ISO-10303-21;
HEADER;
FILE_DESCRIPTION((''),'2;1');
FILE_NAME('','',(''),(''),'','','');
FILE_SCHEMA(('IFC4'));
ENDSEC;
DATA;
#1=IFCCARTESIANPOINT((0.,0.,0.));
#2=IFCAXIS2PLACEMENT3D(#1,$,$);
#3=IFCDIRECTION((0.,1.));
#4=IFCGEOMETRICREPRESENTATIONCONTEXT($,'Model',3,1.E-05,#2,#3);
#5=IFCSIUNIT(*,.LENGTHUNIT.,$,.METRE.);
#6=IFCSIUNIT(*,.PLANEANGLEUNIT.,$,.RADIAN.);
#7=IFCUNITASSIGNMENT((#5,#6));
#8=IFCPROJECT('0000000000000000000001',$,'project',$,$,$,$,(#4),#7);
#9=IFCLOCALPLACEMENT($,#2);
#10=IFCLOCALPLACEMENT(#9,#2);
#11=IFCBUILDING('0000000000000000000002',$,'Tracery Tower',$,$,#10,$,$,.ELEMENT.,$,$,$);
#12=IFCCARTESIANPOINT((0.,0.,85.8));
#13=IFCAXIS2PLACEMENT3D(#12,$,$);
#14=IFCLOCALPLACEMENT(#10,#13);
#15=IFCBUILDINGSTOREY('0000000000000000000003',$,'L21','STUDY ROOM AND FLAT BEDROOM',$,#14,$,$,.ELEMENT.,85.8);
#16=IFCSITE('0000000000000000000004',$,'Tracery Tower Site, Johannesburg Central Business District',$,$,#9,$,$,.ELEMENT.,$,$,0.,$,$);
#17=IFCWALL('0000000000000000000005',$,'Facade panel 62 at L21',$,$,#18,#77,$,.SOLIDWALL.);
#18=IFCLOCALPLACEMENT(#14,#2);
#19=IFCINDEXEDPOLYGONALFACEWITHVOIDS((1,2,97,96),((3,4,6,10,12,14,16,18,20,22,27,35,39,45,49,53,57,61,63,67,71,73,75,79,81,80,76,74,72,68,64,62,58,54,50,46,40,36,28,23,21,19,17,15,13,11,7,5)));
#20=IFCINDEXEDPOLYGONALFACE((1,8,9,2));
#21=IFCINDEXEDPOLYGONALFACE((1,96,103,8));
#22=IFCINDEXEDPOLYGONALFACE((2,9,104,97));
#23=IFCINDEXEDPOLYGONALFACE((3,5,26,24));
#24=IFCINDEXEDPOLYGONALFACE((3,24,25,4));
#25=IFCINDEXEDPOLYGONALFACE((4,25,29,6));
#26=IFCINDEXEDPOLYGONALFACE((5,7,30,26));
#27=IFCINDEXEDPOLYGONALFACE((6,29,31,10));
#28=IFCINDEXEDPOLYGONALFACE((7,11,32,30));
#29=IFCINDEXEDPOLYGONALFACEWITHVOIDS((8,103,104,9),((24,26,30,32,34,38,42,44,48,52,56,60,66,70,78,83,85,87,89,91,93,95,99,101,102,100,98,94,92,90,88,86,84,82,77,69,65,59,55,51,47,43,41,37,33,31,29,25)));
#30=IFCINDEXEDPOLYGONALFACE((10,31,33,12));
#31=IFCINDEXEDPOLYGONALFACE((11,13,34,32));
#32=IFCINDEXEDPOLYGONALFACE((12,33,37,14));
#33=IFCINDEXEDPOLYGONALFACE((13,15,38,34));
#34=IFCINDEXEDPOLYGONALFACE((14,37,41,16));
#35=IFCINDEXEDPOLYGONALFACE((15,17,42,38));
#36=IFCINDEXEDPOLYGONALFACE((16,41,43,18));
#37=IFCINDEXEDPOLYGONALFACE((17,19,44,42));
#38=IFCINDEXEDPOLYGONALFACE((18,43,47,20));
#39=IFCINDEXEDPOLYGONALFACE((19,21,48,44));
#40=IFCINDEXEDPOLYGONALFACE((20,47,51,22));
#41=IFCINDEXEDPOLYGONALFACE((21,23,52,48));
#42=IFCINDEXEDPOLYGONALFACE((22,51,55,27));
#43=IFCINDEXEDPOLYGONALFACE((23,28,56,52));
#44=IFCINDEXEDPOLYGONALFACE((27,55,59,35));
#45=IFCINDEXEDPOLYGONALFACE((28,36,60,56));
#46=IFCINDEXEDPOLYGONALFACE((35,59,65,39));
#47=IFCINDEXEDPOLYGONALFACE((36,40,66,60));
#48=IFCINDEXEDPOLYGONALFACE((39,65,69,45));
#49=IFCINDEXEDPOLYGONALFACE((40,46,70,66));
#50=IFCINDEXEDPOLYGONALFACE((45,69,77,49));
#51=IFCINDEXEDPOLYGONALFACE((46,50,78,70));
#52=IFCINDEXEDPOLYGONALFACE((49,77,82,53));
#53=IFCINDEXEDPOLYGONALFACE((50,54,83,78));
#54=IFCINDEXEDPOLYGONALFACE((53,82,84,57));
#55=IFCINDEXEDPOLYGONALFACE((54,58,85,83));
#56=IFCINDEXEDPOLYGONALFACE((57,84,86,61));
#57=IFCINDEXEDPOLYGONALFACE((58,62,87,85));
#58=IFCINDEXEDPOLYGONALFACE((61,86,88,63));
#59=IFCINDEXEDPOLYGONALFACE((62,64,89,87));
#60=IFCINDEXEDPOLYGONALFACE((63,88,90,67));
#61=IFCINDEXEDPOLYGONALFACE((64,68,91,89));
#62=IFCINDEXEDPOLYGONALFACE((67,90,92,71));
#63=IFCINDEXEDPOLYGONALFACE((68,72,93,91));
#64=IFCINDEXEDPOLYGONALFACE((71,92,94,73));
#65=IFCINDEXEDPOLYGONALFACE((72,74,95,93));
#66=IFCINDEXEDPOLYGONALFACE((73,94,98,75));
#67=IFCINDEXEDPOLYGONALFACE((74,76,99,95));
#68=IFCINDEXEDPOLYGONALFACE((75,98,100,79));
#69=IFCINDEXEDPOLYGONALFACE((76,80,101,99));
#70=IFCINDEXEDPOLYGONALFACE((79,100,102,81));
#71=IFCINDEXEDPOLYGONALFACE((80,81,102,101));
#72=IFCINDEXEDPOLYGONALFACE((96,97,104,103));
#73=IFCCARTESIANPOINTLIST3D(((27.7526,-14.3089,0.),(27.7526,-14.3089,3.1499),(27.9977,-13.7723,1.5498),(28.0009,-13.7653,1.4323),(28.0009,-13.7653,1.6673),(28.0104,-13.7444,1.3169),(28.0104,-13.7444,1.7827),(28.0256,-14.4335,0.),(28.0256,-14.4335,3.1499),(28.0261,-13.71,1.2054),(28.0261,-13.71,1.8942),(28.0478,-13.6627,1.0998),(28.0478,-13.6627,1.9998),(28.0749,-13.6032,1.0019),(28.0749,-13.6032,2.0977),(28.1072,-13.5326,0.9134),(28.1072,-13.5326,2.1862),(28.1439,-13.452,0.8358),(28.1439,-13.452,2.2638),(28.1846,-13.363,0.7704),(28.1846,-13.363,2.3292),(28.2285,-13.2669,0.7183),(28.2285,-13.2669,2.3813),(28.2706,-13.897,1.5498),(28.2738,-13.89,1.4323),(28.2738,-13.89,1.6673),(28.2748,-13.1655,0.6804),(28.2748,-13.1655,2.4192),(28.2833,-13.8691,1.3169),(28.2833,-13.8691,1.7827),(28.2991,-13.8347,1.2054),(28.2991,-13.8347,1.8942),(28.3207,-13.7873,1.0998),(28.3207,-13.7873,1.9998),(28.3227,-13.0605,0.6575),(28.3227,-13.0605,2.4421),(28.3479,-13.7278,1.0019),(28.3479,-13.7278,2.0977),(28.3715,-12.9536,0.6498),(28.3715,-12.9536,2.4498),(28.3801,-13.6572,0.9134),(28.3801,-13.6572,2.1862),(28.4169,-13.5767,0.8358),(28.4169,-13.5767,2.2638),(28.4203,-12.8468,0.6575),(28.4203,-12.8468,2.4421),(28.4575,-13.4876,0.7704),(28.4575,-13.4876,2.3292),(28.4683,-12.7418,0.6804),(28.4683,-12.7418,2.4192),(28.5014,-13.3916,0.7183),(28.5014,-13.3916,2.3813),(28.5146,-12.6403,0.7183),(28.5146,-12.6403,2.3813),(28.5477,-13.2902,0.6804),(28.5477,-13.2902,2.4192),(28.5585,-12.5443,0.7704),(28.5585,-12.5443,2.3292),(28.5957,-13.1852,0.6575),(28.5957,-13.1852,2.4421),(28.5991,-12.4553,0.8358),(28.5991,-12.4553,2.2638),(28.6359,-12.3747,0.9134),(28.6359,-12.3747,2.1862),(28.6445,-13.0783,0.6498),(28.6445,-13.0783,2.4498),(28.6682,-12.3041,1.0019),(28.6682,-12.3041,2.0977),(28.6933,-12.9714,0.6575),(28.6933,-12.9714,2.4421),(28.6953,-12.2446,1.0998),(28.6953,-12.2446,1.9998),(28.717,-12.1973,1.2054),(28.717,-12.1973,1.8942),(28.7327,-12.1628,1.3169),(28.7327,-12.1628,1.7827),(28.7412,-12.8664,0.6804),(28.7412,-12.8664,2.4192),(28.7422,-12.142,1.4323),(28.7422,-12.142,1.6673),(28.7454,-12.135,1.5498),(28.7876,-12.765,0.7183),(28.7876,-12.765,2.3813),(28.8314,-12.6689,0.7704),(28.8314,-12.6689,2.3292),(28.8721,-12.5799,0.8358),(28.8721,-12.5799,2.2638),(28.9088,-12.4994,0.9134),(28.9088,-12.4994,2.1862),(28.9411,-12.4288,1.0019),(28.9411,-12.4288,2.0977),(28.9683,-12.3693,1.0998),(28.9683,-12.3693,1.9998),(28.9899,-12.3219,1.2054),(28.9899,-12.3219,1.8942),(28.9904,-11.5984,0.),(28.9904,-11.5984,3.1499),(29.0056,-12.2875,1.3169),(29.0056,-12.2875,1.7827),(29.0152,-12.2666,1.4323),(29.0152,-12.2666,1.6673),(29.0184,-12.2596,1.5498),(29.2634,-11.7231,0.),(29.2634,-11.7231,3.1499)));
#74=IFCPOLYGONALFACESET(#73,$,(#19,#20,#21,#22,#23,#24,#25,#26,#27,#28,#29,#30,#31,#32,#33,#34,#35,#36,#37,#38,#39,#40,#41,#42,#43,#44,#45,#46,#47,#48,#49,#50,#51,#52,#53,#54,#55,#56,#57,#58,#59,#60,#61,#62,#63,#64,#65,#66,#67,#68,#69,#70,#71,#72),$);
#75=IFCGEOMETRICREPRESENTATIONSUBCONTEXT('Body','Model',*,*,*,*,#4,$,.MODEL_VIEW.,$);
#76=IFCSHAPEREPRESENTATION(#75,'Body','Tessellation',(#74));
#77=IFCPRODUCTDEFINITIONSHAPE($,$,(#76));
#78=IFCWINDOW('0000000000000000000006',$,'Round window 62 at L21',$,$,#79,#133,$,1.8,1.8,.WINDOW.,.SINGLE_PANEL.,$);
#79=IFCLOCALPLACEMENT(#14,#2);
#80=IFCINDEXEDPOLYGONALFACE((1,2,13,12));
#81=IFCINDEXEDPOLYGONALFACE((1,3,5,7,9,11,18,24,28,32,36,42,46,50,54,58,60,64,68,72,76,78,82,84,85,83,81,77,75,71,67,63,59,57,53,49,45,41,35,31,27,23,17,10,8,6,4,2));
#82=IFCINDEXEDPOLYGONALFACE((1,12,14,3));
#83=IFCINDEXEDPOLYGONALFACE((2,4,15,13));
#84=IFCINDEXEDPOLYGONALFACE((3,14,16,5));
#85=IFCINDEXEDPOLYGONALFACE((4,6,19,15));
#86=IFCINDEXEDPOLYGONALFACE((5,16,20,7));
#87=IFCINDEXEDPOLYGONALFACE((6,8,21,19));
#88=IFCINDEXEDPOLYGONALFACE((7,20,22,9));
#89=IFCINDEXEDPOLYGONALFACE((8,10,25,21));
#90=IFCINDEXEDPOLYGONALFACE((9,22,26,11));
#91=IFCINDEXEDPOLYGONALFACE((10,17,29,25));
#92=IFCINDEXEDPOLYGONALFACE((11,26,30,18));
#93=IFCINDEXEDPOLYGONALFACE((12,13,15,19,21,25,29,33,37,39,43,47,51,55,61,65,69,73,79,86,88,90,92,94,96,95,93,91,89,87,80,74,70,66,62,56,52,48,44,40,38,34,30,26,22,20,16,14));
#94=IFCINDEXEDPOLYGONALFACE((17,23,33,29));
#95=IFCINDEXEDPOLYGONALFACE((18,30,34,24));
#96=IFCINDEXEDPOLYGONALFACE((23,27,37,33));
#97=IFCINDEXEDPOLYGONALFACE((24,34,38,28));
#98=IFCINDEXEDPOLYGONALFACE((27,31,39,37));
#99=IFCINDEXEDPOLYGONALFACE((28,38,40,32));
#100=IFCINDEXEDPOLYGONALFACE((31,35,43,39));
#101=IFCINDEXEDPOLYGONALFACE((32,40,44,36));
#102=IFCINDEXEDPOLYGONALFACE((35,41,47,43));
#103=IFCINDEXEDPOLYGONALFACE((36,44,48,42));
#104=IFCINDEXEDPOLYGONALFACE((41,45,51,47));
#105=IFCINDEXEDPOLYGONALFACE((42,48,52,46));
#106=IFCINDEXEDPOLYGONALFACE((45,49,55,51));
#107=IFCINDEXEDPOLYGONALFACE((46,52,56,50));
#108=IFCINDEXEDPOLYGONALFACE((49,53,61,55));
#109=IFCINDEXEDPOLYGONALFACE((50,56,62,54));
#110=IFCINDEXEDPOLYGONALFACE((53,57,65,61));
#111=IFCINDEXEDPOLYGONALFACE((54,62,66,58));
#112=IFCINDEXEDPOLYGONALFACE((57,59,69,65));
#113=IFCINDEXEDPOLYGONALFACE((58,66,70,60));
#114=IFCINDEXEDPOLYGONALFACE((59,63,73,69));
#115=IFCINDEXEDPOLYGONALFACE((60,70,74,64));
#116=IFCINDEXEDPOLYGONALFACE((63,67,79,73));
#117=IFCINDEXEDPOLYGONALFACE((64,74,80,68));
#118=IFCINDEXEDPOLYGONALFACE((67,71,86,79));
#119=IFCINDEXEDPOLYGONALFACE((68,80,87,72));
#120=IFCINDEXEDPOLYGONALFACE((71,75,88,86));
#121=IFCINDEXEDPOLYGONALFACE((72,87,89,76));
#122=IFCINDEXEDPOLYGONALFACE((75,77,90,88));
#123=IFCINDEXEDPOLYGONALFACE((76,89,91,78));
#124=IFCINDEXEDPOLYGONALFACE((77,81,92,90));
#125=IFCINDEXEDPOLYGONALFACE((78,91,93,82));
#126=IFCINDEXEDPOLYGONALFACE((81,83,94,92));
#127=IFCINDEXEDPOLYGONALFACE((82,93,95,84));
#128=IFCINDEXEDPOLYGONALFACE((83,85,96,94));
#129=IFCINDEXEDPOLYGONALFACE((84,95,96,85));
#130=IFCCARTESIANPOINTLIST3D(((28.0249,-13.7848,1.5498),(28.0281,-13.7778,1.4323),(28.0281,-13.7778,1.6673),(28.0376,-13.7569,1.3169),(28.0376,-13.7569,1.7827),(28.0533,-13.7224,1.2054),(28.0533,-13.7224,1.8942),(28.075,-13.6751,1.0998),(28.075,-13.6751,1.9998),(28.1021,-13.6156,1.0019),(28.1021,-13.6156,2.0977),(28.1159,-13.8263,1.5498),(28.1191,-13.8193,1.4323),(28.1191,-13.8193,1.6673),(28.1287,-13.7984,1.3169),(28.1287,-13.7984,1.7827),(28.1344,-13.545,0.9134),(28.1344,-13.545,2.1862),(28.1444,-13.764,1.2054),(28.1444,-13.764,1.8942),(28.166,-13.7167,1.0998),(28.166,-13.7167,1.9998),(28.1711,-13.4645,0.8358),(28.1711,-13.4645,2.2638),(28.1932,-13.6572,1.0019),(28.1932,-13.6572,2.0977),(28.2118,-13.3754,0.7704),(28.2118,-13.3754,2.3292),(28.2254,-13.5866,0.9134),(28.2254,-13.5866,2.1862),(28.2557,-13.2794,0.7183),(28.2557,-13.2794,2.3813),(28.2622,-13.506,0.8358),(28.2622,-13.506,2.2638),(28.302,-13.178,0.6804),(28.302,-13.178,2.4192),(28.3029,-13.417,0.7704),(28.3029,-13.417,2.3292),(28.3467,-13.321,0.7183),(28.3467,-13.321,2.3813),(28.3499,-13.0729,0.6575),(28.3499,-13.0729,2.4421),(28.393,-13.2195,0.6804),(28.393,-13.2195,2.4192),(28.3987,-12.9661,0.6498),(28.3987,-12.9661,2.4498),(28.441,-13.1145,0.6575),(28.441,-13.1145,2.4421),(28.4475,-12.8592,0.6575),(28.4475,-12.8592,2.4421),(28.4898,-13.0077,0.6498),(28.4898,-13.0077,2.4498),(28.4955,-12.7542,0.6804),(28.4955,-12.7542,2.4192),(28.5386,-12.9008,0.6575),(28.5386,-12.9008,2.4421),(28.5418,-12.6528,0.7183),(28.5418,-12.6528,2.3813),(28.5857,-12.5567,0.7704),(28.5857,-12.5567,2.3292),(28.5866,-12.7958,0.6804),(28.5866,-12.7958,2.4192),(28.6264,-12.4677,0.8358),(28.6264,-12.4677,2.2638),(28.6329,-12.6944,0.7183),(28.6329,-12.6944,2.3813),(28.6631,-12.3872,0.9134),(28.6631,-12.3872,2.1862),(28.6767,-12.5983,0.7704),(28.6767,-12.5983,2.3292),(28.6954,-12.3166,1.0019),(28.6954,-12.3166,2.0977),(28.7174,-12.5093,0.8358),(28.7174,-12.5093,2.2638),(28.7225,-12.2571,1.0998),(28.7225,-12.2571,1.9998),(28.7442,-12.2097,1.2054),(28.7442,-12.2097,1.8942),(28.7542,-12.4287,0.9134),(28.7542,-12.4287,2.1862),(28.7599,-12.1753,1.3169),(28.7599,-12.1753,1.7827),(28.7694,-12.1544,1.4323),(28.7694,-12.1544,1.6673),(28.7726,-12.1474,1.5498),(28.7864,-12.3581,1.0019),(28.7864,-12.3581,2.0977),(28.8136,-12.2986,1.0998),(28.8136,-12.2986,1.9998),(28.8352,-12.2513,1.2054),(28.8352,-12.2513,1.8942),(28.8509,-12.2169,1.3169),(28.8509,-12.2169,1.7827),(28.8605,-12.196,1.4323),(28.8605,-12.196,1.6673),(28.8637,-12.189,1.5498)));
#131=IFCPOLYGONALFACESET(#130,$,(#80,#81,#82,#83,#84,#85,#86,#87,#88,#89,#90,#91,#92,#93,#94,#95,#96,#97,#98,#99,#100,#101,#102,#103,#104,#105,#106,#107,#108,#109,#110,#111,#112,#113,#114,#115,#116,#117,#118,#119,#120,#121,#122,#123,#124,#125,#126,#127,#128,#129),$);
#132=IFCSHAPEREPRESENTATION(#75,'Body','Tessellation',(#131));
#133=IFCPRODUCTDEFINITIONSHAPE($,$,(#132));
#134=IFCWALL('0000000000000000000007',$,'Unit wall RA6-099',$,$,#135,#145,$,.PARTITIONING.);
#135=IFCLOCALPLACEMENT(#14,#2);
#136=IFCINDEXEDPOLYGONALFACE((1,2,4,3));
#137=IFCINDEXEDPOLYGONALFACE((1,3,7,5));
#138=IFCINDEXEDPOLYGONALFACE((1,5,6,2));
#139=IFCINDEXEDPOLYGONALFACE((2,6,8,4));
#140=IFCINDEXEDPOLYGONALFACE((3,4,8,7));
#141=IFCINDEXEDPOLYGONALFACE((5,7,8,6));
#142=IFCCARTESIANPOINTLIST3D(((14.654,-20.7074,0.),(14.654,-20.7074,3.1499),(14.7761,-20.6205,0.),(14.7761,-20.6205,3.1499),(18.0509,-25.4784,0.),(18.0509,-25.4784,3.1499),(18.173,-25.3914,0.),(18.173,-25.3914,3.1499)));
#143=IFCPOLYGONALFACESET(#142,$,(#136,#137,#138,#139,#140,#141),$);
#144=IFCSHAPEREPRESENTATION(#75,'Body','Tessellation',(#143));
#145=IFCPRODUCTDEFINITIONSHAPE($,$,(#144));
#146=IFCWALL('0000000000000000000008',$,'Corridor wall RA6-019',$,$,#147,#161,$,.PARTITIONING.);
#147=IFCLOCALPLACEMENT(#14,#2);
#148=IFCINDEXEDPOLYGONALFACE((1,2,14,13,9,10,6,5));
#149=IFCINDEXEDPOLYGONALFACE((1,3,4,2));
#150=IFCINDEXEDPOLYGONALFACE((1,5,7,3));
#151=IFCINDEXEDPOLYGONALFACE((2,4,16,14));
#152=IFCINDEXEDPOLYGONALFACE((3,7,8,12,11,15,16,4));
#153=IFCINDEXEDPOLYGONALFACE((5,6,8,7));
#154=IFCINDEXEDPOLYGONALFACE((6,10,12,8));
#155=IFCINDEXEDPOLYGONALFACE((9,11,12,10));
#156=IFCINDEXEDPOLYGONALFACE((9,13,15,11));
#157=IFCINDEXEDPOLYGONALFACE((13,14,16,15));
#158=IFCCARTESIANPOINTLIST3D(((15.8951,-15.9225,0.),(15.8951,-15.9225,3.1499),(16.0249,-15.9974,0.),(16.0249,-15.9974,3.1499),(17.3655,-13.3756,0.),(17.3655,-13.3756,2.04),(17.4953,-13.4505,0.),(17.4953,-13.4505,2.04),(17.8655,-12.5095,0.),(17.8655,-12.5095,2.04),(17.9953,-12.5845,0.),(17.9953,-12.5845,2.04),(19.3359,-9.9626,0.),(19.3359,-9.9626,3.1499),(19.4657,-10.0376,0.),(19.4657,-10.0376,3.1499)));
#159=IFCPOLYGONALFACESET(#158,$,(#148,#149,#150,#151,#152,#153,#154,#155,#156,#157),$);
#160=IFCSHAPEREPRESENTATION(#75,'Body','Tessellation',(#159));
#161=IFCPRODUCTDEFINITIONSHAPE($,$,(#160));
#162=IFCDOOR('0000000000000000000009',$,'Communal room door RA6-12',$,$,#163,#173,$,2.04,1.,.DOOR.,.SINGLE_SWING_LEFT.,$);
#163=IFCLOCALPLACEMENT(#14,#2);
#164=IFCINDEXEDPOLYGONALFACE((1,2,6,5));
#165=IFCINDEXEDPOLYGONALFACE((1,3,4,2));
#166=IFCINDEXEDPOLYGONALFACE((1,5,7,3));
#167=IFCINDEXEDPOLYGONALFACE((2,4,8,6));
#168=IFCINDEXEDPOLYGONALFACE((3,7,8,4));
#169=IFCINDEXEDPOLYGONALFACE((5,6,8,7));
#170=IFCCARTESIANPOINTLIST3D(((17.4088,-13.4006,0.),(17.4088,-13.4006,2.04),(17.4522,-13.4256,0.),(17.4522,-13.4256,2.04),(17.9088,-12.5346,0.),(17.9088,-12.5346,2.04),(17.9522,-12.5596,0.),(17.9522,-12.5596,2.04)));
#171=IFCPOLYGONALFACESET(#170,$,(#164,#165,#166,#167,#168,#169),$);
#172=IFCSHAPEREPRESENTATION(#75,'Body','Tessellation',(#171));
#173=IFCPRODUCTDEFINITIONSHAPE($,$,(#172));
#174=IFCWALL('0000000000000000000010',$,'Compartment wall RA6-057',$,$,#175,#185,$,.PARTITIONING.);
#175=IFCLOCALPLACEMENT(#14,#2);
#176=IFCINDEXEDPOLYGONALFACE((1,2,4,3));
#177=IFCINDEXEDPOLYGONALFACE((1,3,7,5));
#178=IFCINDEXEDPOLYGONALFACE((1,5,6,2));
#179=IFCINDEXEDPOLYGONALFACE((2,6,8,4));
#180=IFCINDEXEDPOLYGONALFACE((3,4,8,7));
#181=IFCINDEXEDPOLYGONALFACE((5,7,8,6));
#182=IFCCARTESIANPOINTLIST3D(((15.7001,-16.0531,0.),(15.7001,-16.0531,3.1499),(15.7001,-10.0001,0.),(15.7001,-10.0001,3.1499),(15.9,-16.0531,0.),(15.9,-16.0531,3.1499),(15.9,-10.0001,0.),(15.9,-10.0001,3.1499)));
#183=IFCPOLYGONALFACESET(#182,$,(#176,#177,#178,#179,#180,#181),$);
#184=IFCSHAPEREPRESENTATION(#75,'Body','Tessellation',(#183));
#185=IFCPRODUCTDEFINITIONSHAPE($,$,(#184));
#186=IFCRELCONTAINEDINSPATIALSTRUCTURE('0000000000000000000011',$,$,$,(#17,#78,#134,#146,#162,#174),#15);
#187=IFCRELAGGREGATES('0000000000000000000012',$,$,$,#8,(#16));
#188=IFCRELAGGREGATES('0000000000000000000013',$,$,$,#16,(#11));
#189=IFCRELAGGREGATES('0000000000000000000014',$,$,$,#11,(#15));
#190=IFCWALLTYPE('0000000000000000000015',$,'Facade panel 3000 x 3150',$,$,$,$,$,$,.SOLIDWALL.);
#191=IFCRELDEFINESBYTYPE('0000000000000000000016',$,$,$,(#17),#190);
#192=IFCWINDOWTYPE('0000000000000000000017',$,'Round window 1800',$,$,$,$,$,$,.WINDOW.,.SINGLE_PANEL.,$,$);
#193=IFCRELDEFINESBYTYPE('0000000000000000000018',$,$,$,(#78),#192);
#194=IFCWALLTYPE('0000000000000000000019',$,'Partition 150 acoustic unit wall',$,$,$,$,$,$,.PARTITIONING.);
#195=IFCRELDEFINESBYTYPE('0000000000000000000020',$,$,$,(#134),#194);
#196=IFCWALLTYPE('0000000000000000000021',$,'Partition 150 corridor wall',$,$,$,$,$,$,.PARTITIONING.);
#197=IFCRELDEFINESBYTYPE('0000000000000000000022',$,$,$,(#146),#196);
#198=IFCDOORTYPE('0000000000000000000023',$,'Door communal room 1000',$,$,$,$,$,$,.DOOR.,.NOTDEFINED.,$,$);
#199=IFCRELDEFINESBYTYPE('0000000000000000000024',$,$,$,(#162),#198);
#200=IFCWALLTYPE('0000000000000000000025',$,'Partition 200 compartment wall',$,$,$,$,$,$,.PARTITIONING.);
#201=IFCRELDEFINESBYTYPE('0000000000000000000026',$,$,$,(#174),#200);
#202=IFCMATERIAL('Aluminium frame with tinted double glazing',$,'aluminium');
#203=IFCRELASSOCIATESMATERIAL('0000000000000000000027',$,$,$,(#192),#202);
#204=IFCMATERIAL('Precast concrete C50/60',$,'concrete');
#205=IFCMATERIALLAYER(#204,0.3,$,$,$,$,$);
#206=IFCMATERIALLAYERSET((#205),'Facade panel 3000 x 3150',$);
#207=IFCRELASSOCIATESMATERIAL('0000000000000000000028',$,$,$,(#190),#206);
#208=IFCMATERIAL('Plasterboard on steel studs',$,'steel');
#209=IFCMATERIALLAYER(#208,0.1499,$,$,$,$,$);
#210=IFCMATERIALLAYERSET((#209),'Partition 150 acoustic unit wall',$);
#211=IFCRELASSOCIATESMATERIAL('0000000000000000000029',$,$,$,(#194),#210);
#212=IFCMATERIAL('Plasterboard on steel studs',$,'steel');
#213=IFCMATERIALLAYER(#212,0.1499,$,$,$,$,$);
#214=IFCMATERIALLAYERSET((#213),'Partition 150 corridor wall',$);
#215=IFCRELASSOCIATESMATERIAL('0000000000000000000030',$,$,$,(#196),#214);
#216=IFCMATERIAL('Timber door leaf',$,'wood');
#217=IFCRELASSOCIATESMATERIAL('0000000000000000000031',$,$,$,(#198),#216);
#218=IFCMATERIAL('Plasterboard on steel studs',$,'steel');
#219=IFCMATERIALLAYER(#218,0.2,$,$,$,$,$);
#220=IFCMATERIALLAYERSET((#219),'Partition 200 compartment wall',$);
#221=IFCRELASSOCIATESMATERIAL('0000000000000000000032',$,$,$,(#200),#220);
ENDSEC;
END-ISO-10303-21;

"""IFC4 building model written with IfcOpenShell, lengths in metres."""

from ifc_helpers import new_model, si_unit, direction, frame, frame_2d, origin, origin_2d, place, context, subcontext, project, spatial, rectangle, circle, extrude, material, layer, layer_set, type_object, element, fill, save


model = new_model("IFC4")

# Units and contexts
model_context = context("Model", 3, precision=1e-05, world=origin(), true_north=direction((0.0, 1.0)))
body_context = subcontext(model_context, "Body", "Model", "MODEL_VIEW")
ifc_project = project(units=[si_unit("LENGTHUNIT", "METRE"), si_unit("PLANEANGLEUNIT", "RADIAN")], contexts=[model_context])

# Site, building, storey
site_placement = place(None, origin())
site = spatial("IfcSite", under=ifc_project, at=site_placement, Name="Tracery Tower Site, Johannesburg Central Business District", CompositionType="ELEMENT", RefElevation=0.0)
building_placement = place(site_placement, origin())
building = spatial("IfcBuilding", under=site, at=building_placement, Name="Tracery Tower", CompositionType="ELEMENT")
storey_placement = place(building_placement, frame((0.0, 0.0, 85.8)))
storey = spatial("IfcBuildingStorey", under=building, at=storey_placement, Name="L21", Description="STUDY ROOM AND FLAT BEDROOM", CompositionType="ELEMENT", Elevation=85.8)

# Wall, opening, window
ifc_material_1 = material(Name="Aluminium frame with tinted double glazing", Category="aluminium")
window_type = type_object("IfcWindowType", Name="Round window 1800", PartitioningType="SINGLE_PANEL", PredefinedType="WINDOW", material=ifc_material_1)
ifc_material_2 = material(Name="Precast concrete C50/60", Category="concrete")
ifc_layer_1 = layer(ifc_material_2, 0.3)
ifc_layer_set_1 = layer_set([ifc_layer_1], Name="Facade panel 3000 x 3150")
wall_type_1 = type_object("IfcWallType", Name="Facade panel 3000 x 3150", PredefinedType="SOLIDWALL", material=ifc_layer_set_1)
wall_1_placement = place(storey_placement, frame((27.8892, -14.3711, 0.0), z_axis=(0.0, 0.0, 1.0), x_axis=(0.415407, 0.909636, 0.0)))
wall_1 = element("IfcWall", 1, at=wall_1_placement, inside=storey, type_object=wall_type_1, Name="Facade panel 62 at L21", PredefinedType="SOLIDWALL", context=body_context, shape_type="SweptSolid", body=[
    extrude(rectangle(XDim=2.9797, YDim=0.3, at=frame_2d((1.4897, 0.0))), origin(), (0.0, 0.0, 1.0), 3.1499),
])
opening_1_placement = place(wall_1_placement, frame((1.4897, 0.0, 1.5498)))
opening_1 = element("IfcOpeningElement", 2, at=opening_1_placement, cuts=wall_1, PredefinedType="OPENING", context=body_context, shape_type="SweptSolid", body=[
    extrude(circle(Radius=0.9, at=origin_2d()), frame((0.0, 0.1599, 0.0), z_axis=(0.0, -1.0, 0.0), x_axis=(1.0, 0.0, 0.0)), (0.0, 0.0, 1.0), 0.3201),
])
window_1_placement = place(opening_1_placement, origin())
window_1 = element("IfcWindow", 3, at=window_1_placement, inside=storey, type_object=window_type, Name="Round window 62 at L21", OverallHeight=1.8, OverallWidth=1.8, PartitioningType="SINGLE_PANEL", PredefinedType="WINDOW", context=body_context, shape_type="SweptSolid", body=[
    extrude(circle(Radius=0.9, at=origin_2d()), frame((0.0, 0.1201, 0.0), z_axis=(0.0, -1.0, 0.0), x_axis=(1.0, 0.0, 0.0)), (0.0, 0.0, 1.0), 0.1001),
])
fill(opening_1, window_1)

# Wall
ifc_material_3 = material(Name="Plasterboard on steel studs", Category="steel")
ifc_layer_2 = layer(ifc_material_3, 0.1499)
ifc_layer_set_2 = layer_set([ifc_layer_2], Name="Partition 150 acoustic unit wall")
wall_type_2 = type_object("IfcWallType", Name="Partition 150 acoustic unit wall", PredefinedType="PARTITIONING", material=ifc_layer_set_2)
wall_2_placement = place(storey_placement, frame((14.7151, -20.6641, 0.0), z_axis=(0.0, 0.0, 1.0), x_axis=(0.580007, -0.814611, 0.0)))
element("IfcWall", 4, at=wall_2_placement, inside=storey, type_object=wall_type_2, Name="Unit wall RA6-099", PredefinedType="PARTITIONING", context=body_context, shape_type="SweptSolid", body=[
    extrude(rectangle(XDim=5.8567, YDim=0.1499, at=frame_2d((2.9282, 0.0))), origin(), (0.0, 0.0, 1.0), 3.1499),
])

# Wall, opening, door
ifc_material_4 = material(Name="Plasterboard on steel studs", Category="steel")
ifc_layer_3 = layer(ifc_material_4, 0.1499)
ifc_layer_set_3 = layer_set([ifc_layer_3], Name="Partition 150 corridor wall")
wall_type_3 = type_object("IfcWallType", Name="Partition 150 corridor wall", PredefinedType="PARTITIONING", material=ifc_layer_set_3)
wall_3_placement = place(storey_placement, frame((15.96, -15.96, 0.0), z_axis=(0.0, 0.0, 1.0), x_axis=(0.499993, 0.86603, 0.0)))
wall_3 = element("IfcWall", 5, at=wall_3_placement, inside=storey, type_object=wall_type_3, Name="Corridor wall RA6-019", PredefinedType="PARTITIONING", context=body_context, shape_type="SweptSolid", body=[
    extrude(rectangle(XDim=6.8818, YDim=0.1499, at=frame_2d((3.4409, 0.0))), origin(), (0.0, 0.0, 1.0), 3.1499),
])
opening_2_placement = place(wall_3_placement, frame((2.9409, 0.0, 0.0)))
opening_2 = element("IfcOpeningElement", 6, at=opening_2_placement, cuts=wall_3, PredefinedType="OPENING", context=body_context, shape_type="SweptSolid", body=[
    extrude(rectangle(XDim=1.0, YDim=2.04, at=frame_2d((0.5, 1.02))), frame((0.0, 0.075, 0.0), z_axis=(0.0, -1.0, 0.0), x_axis=(1.0, 0.0, 0.0)), (0.0, 0.0, 1.0), 0.1499),
])
ifc_material_5 = material(Name="Timber door leaf", Category="wood")
door_type = type_object("IfcDoorType", Name="Door communal room 1000", OperationType="NOTDEFINED", PredefinedType="DOOR", material=ifc_material_5)
door_placement = place(opening_2_placement, origin())
door = element("IfcDoor", 7, at=door_placement, inside=storey, type_object=door_type, Name="Communal room door RA6-12", OperationType="SINGLE_SWING_LEFT", OverallHeight=2.04, OverallWidth=1.0, PredefinedType="DOOR", context=body_context, shape_type="SweptSolid", body=[
    extrude(rectangle(XDim=1.0, YDim=2.04, at=frame_2d((0.5, 1.02))), frame((0.0, 0.0249, 0.0), z_axis=(0.0, -1.0, 0.0), x_axis=(1.0, 0.0, 0.0)), (0.0, 0.0, 1.0), 0.05),
])
fill(opening_2, door)

# Wall
ifc_material_6 = material(Name="Plasterboard on steel studs", Category="steel")
ifc_layer_4 = layer(ifc_material_6, 0.2)
ifc_layer_set_4 = layer_set([ifc_layer_4], Name="Partition 200 compartment wall")
wall_type_4 = type_object("IfcWallType", Name="Partition 200 compartment wall", PredefinedType="PARTITIONING", material=ifc_layer_set_4)
wall_4_placement = place(storey_placement, frame((15.8, -16.053, 0.0), z_axis=(0.0, 0.0, 1.0), x_axis=(0.0, 1.0, 0.0)))
element("IfcWall", 8, at=wall_4_placement, inside=storey, type_object=wall_type_4, Name="Compartment wall RA6-057", PredefinedType="PARTITIONING", context=body_context, shape_type="SweptSolid", body=[
    extrude(rectangle(XDim=6.053, YDim=0.2, at=frame_2d((3.0264, 0.0))), origin(), (0.0, 0.0, 1.0), 3.1499),
])

save(model, "model.ifc")
